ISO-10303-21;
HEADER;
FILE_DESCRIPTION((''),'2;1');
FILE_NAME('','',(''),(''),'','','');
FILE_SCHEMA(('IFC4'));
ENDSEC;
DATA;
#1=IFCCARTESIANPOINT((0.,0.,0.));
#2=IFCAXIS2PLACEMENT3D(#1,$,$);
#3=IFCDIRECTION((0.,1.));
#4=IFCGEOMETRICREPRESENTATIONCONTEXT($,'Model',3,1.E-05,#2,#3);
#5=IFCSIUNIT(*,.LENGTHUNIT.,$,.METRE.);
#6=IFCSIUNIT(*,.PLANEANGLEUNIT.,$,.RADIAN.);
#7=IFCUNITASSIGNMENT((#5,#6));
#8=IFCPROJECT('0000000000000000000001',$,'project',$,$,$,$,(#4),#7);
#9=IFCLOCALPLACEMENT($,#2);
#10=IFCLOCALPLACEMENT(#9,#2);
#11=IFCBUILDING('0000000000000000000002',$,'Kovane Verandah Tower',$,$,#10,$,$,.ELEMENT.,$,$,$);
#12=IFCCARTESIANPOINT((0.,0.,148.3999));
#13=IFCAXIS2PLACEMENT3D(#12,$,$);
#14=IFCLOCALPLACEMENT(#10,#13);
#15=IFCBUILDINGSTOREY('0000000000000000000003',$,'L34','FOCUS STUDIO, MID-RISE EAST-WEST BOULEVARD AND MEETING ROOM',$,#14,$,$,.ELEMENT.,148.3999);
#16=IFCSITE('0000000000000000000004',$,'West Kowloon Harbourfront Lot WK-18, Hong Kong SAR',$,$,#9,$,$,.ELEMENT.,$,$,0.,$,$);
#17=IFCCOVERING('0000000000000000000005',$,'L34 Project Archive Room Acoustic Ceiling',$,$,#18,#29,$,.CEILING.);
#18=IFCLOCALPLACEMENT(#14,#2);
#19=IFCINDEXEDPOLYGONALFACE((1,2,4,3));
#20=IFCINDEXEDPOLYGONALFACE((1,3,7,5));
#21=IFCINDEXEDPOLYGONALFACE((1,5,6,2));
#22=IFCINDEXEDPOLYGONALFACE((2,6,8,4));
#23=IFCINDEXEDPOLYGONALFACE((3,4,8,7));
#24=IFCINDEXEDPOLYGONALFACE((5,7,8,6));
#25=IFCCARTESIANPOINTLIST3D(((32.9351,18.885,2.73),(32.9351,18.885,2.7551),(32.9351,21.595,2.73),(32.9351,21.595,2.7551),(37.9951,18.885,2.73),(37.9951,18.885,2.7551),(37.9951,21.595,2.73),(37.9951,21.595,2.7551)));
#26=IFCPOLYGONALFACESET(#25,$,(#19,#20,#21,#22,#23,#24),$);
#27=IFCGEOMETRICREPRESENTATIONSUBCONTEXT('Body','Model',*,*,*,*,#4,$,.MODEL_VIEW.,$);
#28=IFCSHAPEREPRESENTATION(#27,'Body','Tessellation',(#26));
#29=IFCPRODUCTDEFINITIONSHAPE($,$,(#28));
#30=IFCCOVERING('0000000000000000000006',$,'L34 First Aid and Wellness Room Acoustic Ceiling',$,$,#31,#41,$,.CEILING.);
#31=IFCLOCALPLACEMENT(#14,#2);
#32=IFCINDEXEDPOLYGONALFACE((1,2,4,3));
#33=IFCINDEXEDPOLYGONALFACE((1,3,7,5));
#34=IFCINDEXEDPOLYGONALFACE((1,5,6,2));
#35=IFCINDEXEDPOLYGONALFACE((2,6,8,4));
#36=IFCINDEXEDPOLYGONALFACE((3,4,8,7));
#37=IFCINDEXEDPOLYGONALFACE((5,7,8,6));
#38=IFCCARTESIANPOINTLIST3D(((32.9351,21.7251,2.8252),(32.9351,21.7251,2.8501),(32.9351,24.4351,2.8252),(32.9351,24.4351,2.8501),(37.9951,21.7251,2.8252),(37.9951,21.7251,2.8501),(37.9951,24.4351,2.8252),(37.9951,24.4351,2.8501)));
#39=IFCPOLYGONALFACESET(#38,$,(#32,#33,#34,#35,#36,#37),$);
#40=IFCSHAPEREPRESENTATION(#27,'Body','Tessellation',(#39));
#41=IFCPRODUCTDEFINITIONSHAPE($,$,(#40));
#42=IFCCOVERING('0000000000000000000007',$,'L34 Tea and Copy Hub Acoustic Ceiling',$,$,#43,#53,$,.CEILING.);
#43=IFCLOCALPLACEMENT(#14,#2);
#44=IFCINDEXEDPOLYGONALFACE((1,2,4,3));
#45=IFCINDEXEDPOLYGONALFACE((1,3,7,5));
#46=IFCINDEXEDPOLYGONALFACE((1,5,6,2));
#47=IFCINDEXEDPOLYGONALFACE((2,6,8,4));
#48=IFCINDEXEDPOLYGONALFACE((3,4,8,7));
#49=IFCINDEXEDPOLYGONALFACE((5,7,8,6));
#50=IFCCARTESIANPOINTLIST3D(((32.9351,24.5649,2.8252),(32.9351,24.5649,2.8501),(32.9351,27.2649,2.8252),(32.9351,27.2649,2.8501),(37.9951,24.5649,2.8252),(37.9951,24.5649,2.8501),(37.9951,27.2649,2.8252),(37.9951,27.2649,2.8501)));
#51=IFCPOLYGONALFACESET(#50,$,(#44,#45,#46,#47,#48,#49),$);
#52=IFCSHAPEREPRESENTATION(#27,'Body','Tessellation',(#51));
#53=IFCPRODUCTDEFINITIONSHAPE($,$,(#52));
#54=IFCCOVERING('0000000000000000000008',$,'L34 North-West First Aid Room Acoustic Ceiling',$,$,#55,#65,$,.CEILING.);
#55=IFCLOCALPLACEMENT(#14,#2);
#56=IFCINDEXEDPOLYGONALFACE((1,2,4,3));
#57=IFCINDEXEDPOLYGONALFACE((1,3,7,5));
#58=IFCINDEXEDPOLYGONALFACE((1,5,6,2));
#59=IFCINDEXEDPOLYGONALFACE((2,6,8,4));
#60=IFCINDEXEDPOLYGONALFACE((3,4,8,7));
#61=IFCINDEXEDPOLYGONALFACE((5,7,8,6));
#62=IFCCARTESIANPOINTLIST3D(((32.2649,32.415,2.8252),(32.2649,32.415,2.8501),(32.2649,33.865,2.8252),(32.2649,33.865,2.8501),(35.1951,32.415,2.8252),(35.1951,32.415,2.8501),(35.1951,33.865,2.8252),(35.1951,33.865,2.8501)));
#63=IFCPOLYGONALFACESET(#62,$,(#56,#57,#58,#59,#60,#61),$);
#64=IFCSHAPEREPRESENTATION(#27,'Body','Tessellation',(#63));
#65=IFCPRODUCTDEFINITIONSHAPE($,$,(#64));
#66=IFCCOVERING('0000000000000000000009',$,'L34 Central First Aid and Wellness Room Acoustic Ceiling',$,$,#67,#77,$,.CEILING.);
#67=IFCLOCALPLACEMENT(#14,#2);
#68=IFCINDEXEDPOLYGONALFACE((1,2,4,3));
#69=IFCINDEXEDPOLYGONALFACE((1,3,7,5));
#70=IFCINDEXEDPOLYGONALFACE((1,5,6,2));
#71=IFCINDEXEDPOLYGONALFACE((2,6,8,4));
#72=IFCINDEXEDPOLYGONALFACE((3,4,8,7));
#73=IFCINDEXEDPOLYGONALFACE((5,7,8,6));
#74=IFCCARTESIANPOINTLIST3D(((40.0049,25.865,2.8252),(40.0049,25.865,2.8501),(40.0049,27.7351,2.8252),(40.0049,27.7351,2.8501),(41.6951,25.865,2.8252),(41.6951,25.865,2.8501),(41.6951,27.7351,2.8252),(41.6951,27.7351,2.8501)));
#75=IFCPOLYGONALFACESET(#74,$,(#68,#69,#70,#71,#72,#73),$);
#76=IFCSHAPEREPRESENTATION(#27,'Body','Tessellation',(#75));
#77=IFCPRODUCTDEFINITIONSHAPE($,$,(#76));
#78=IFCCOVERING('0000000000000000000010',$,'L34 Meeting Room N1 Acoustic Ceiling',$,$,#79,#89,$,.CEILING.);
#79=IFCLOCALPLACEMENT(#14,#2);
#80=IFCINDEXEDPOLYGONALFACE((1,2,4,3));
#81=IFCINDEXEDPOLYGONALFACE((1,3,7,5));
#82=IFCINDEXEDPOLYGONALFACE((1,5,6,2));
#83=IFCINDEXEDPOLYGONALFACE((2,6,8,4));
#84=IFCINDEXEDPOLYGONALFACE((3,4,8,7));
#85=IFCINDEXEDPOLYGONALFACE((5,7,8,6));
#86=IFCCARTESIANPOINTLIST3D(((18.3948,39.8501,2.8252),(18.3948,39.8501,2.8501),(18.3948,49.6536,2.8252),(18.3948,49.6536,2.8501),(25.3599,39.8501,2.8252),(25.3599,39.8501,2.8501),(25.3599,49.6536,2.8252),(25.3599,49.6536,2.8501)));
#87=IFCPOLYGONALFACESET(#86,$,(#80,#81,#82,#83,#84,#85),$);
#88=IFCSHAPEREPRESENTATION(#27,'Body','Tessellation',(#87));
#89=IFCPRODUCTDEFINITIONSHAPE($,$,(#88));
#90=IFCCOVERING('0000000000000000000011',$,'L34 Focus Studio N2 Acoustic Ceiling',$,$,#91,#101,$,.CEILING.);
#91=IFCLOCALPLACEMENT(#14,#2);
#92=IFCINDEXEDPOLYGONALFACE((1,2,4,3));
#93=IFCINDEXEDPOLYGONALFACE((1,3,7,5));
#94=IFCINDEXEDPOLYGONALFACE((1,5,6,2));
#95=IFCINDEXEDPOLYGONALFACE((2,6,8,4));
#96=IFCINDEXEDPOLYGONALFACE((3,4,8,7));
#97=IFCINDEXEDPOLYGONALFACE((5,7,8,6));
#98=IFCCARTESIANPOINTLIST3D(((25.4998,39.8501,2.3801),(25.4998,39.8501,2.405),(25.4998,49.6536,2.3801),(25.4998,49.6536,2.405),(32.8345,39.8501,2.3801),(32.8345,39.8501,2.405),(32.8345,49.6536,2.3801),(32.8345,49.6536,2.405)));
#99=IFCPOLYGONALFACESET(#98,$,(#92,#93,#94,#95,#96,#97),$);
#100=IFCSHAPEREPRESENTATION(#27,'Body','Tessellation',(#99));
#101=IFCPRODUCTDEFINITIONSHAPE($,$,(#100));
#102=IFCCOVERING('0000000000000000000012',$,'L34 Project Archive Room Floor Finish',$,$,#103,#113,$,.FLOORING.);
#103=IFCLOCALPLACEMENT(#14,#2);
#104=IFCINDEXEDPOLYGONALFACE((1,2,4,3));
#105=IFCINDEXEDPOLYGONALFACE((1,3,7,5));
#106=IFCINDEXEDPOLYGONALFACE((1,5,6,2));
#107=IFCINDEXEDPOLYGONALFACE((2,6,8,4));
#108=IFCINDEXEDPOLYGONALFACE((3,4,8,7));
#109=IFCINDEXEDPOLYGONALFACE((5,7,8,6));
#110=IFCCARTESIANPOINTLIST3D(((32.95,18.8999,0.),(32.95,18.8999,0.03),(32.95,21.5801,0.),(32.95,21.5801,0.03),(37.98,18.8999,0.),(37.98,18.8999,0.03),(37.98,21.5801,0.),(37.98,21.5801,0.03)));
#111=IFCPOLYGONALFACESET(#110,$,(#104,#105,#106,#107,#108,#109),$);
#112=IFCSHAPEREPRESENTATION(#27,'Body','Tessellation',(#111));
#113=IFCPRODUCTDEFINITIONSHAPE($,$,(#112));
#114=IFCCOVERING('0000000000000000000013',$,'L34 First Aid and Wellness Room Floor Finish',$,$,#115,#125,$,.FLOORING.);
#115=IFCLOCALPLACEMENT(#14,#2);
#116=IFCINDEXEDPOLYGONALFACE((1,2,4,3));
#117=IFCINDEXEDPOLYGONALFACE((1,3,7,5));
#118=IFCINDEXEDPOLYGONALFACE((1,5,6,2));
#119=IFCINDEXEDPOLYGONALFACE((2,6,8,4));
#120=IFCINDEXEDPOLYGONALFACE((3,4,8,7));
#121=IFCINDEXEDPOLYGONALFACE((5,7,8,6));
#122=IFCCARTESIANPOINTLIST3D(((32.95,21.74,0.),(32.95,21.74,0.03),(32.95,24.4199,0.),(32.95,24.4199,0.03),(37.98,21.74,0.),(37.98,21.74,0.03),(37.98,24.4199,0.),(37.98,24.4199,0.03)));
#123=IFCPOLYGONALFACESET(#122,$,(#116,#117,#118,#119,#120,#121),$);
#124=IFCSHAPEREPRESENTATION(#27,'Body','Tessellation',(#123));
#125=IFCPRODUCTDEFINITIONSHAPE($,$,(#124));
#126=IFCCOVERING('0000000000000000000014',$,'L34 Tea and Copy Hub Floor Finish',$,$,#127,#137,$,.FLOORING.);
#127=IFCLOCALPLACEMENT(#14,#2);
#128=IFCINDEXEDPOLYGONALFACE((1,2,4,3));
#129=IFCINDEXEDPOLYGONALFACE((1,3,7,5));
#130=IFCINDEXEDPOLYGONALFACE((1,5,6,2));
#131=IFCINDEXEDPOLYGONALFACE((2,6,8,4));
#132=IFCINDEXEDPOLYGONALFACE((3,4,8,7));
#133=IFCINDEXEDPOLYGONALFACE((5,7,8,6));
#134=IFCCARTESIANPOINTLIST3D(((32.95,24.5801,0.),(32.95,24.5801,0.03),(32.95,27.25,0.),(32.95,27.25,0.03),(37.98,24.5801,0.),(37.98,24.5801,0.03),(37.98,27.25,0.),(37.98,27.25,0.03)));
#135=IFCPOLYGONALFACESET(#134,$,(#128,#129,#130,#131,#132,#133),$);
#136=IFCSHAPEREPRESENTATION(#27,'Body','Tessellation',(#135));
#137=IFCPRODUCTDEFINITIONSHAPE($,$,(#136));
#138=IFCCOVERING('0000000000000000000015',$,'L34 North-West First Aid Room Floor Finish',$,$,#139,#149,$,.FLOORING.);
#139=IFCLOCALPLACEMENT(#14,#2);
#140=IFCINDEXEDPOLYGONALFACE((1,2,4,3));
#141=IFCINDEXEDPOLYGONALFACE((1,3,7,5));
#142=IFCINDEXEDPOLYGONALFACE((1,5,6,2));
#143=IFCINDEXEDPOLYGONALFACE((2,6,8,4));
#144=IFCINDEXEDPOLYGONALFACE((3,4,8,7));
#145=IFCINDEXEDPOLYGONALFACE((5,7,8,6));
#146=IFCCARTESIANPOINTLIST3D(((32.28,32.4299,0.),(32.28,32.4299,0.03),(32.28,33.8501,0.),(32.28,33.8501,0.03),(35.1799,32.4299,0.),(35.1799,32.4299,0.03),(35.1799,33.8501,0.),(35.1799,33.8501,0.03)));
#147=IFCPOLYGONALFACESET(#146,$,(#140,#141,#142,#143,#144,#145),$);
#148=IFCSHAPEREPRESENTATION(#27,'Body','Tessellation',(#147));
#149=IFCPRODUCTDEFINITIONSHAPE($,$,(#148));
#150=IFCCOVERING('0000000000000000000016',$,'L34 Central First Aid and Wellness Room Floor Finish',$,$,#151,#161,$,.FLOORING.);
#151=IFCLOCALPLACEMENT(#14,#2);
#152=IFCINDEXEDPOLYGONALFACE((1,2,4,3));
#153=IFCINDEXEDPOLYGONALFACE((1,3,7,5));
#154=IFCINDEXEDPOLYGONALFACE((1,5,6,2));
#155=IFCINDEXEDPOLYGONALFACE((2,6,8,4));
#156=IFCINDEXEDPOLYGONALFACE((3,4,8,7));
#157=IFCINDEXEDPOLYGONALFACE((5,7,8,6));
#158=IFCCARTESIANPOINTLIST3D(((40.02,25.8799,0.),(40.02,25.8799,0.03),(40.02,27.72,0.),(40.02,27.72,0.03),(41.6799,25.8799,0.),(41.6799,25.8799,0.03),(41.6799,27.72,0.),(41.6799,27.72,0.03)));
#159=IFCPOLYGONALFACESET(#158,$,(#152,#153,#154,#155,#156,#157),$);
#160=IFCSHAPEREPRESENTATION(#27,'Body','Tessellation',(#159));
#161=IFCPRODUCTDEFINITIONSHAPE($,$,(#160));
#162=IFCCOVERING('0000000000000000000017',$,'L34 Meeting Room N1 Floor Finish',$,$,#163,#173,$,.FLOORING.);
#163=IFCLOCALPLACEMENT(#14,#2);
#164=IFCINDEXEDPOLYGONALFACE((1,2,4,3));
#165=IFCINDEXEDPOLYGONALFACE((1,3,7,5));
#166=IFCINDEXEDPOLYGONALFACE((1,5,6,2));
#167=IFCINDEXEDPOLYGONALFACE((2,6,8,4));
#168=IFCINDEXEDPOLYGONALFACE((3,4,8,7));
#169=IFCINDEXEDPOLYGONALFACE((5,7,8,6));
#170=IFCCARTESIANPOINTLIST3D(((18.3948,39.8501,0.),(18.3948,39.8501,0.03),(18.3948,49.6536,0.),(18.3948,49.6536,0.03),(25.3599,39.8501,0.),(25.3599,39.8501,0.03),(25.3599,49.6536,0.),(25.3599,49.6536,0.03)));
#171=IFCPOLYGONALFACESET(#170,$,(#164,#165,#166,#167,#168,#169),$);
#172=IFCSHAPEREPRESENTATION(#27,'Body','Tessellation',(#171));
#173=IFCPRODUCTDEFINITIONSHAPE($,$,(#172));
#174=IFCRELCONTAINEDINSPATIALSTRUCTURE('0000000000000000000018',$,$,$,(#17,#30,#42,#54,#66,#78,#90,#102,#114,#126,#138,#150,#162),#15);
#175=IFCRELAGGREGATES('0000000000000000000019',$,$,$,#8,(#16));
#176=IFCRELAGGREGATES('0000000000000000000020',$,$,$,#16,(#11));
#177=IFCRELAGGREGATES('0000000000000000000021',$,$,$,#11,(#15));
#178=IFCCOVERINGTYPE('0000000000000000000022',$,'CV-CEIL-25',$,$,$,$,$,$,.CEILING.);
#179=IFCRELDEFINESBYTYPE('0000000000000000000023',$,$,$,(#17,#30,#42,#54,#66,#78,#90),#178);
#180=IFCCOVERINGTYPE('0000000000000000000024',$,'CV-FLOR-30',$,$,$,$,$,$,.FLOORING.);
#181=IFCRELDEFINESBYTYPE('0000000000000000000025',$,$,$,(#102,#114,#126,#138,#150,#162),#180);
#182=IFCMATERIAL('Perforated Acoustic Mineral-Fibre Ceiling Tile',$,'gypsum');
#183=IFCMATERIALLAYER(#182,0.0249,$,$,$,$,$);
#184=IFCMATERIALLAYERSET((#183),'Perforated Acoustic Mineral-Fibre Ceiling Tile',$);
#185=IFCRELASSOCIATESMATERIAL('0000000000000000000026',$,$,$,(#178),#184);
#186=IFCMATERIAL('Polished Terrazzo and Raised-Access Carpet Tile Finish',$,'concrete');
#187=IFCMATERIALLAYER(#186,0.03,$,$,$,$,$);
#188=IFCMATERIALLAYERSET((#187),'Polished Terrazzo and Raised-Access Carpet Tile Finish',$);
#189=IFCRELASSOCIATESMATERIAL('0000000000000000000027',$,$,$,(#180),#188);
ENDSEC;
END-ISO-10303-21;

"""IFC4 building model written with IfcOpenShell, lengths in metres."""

from ifc_helpers import new_model, si_unit, direction, frame, origin, place, context, subcontext, project, spatial, polyline, outline, extrude, material, layer, layer_set, type_object, element, save


model = new_model("IFC4")

# Units and contexts
model_context = context("Model", 3, precision=1e-05, world=origin(), true_north=direction((0.0, 1.0)))
body_context = subcontext(model_context, "Body", "Model", "MODEL_VIEW")
ifc_project = project(units=[si_unit("LENGTHUNIT", "METRE"), si_unit("PLANEANGLEUNIT", "RADIAN")], contexts=[model_context])

# Site, building, storey
site_placement = place(None, origin())
site = spatial("IfcSite", under=ifc_project, at=site_placement, Name="West Kowloon Harbourfront Lot WK-18, Hong Kong SAR", CompositionType="ELEMENT", RefElevation=0.0)
building_placement = place(site_placement, origin())
building = spatial("IfcBuilding", under=site, at=building_placement, Name="Kovane Verandah Tower", CompositionType="ELEMENT")
storey_placement = place(building_placement, frame((0.0, 0.0, 148.3999)))
storey = spatial("IfcBuildingStorey", under=building, at=storey_placement, Name="L34", Description="FOCUS STUDIO, MID-RISE EAST-WEST BOULEVARD AND MEETING ROOM", CompositionType="ELEMENT", Elevation=148.3999)

# Coverings
ifc_material_1 = material(Name="Perforated Acoustic Mineral-Fibre Ceiling Tile", Category="gypsum")
ifc_layer_1 = layer(ifc_material_1, 0.0249)
ifc_layer_set_1 = layer_set([ifc_layer_1], Name="Perforated Acoustic Mineral-Fibre Ceiling Tile")
covering_type_1 = type_object("IfcCoveringType", Name="CV-CEIL-25", PredefinedType="CEILING", material=ifc_layer_set_1)
covering_1_placement = place(storey_placement, frame((0.0, 0.0, 2.73)))
element("IfcCovering", 1, at=covering_1_placement, inside=storey, type_object=covering_type_1, Name="L34 Project Archive Room Acoustic Ceiling", PredefinedType="CEILING", context=body_context, shape_type="SweptSolid", body=[
    extrude(outline(polyline([(32.9351, 18.885), (37.9951, 18.885), (37.9951, 21.595), (32.9351, 21.595), (32.9351, 18.885)])), origin(), (0.0, 0.0, 1.0), 0.0251),
])
covering_2_placement = place(storey_placement, frame((0.0, 0.0, 2.8252)))
element("IfcCovering", 2, at=covering_2_placement, inside=storey, type_object=covering_type_1, Name="L34 First Aid and Wellness Room Acoustic Ceiling", PredefinedType="CEILING", context=body_context, shape_type="SweptSolid", body=[
    extrude(outline(polyline([(32.9351, 21.7251), (37.9951, 21.7251), (37.9951, 24.4351), (32.9351, 24.4351), (32.9351, 21.7251)])), origin(), (0.0, 0.0, 1.0), 0.0249),
])
covering_3_placement = place(storey_placement, frame((0.0, 0.0, 2.8252)))
element("IfcCovering", 3, at=covering_3_placement, inside=storey, type_object=covering_type_1, Name="L34 Tea and Copy Hub Acoustic Ceiling", PredefinedType="CEILING", context=body_context, shape_type="SweptSolid", body=[
    extrude(outline(polyline([(32.9351, 24.5649), (37.9951, 24.5649), (37.9951, 27.2649), (32.9351, 27.2649), (32.9351, 24.5649)])), origin(), (0.0, 0.0, 1.0), 0.0249),
])
covering_4_placement = place(storey_placement, frame((0.0, 0.0, 2.8252)))
element("IfcCovering", 4, at=covering_4_placement, inside=storey, type_object=covering_type_1, Name="L34 North-West First Aid Room Acoustic Ceiling", PredefinedType="CEILING", context=body_context, shape_type="SweptSolid", body=[
    extrude(outline(polyline([(32.2649, 32.415), (35.1951, 32.415), (35.1951, 33.865), (32.2649, 33.865), (32.2649, 32.415)])), origin(), (0.0, 0.0, 1.0), 0.0249),
])
covering_5_placement = place(storey_placement, frame((0.0, 0.0, 2.8252)))
element("IfcCovering", 5, at=covering_5_placement, inside=storey, type_object=covering_type_1, Name="L34 Central First Aid and Wellness Room Acoustic Ceiling", PredefinedType="CEILING", context=body_context, shape_type="SweptSolid", body=[
    extrude(outline(polyline([(40.0049, 25.865), (41.6951, 25.865), (41.6951, 27.7351), (40.0049, 27.7351), (40.0049, 25.865)])), origin(), (0.0, 0.0, 1.0), 0.0249),
])
covering_6_placement = place(storey_placement, frame((0.0, 0.0, 2.8252)))
element("IfcCovering", 6, at=covering_6_placement, inside=storey, type_object=covering_type_1, Name="L34 Meeting Room N1 Acoustic Ceiling", PredefinedType="CEILING", context=body_context, shape_type="SweptSolid", body=[
    extrude(outline(polyline([(18.3948, 39.8501), (25.3599, 39.8501), (25.3599, 49.6536), (18.3948, 49.6536), (18.3948, 39.8501)])), origin(), (0.0, 0.0, 1.0), 0.0249),
])
covering_7_placement = place(storey_placement, frame((0.0, 0.0, 2.3801)))
element("IfcCovering", 7, at=covering_7_placement, inside=storey, type_object=covering_type_1, Name="L34 Focus Studio N2 Acoustic Ceiling", PredefinedType="CEILING", context=body_context, shape_type="SweptSolid", body=[
    extrude(outline(polyline([(25.4998, 39.8501), (32.8345, 39.8501), (32.8345, 49.6536), (25.4998, 49.6536), (25.4998, 39.8501)])), origin(), (0.0, 0.0, 1.0), 0.0249),
])
ifc_material_2 = material(Name="Polished Terrazzo and Raised-Access Carpet Tile Finish", Category="concrete")
ifc_layer_2 = layer(ifc_material_2, 0.03)
ifc_layer_set_2 = layer_set([ifc_layer_2], Name="Polished Terrazzo and Raised-Access Carpet Tile Finish")
covering_type_2 = type_object("IfcCoveringType", Name="CV-FLOR-30", PredefinedType="FLOORING", material=ifc_layer_set_2)
covering_8_placement = place(storey_placement, origin())
element("IfcCovering", 8, at=covering_8_placement, inside=storey, type_object=covering_type_2, Name="L34 Project Archive Room Floor Finish", PredefinedType="FLOORING", context=body_context, shape_type="SweptSolid", body=[
    extrude(outline(polyline([(32.95, 18.8999), (37.98, 18.8999), (37.98, 21.5801), (32.95, 21.5801), (32.95, 18.8999)])), origin(), (0.0, 0.0, 1.0), 0.03),
])
covering_9_placement = place(storey_placement, origin())
element("IfcCovering", 9, at=covering_9_placement, inside=storey, type_object=covering_type_2, Name="L34 First Aid and Wellness Room Floor Finish", PredefinedType="FLOORING", context=body_context, shape_type="SweptSolid", body=[
    extrude(outline(polyline([(32.95, 21.74), (37.98, 21.74), (37.98, 24.4199), (32.95, 24.4199), (32.95, 21.74)])), origin(), (0.0, 0.0, 1.0), 0.03),
])
covering_10_placement = place(storey_placement, origin())
element("IfcCovering", 10, at=covering_10_placement, inside=storey, type_object=covering_type_2, Name="L34 Tea and Copy Hub Floor Finish", PredefinedType="FLOORING", context=body_context, shape_type="SweptSolid", body=[
    extrude(outline(polyline([(32.95, 24.5801), (37.98, 24.5801), (37.98, 27.25), (32.95, 27.25), (32.95, 24.5801)])), origin(), (0.0, 0.0, 1.0), 0.03),
])
covering_11_placement = place(storey_placement, origin())
element("IfcCovering", 11, at=covering_11_placement, inside=storey, type_object=covering_type_2, Name="L34 North-West First Aid Room Floor Finish", PredefinedType="FLOORING", context=body_context, shape_type="SweptSolid", body=[
    extrude(outline(polyline([(32.28, 32.4299), (35.1799, 32.4299), (35.1799, 33.8501), (32.28, 33.8501), (32.28, 32.4299)])), origin(), (0.0, 0.0, 1.0), 0.03),
])
covering_12_placement = place(storey_placement, origin())
element("IfcCovering", 12, at=covering_12_placement, inside=storey, type_object=covering_type_2, Name="L34 Central First Aid and Wellness Room Floor Finish", PredefinedType="FLOORING", context=body_context, shape_type="SweptSolid", body=[
    extrude(outline(polyline([(40.02, 25.8799), (41.6799, 25.8799), (41.6799, 27.72), (40.02, 27.72), (40.02, 25.8799)])), origin(), (0.0, 0.0, 1.0), 0.03),
])
covering_13_placement = place(storey_placement, origin())
element("IfcCovering", 13, at=covering_13_placement, inside=storey, type_object=covering_type_2, Name="L34 Meeting Room N1 Floor Finish", PredefinedType="FLOORING", context=body_context, shape_type="SweptSolid", body=[
    extrude(outline(polyline([(18.3948, 39.8501), (25.3599, 39.8501), (25.3599, 49.6536), (18.3948, 49.6536), (18.3948, 39.8501)])), origin(), (0.0, 0.0, 1.0), 0.03),
])

save(model, "model.ifc")
